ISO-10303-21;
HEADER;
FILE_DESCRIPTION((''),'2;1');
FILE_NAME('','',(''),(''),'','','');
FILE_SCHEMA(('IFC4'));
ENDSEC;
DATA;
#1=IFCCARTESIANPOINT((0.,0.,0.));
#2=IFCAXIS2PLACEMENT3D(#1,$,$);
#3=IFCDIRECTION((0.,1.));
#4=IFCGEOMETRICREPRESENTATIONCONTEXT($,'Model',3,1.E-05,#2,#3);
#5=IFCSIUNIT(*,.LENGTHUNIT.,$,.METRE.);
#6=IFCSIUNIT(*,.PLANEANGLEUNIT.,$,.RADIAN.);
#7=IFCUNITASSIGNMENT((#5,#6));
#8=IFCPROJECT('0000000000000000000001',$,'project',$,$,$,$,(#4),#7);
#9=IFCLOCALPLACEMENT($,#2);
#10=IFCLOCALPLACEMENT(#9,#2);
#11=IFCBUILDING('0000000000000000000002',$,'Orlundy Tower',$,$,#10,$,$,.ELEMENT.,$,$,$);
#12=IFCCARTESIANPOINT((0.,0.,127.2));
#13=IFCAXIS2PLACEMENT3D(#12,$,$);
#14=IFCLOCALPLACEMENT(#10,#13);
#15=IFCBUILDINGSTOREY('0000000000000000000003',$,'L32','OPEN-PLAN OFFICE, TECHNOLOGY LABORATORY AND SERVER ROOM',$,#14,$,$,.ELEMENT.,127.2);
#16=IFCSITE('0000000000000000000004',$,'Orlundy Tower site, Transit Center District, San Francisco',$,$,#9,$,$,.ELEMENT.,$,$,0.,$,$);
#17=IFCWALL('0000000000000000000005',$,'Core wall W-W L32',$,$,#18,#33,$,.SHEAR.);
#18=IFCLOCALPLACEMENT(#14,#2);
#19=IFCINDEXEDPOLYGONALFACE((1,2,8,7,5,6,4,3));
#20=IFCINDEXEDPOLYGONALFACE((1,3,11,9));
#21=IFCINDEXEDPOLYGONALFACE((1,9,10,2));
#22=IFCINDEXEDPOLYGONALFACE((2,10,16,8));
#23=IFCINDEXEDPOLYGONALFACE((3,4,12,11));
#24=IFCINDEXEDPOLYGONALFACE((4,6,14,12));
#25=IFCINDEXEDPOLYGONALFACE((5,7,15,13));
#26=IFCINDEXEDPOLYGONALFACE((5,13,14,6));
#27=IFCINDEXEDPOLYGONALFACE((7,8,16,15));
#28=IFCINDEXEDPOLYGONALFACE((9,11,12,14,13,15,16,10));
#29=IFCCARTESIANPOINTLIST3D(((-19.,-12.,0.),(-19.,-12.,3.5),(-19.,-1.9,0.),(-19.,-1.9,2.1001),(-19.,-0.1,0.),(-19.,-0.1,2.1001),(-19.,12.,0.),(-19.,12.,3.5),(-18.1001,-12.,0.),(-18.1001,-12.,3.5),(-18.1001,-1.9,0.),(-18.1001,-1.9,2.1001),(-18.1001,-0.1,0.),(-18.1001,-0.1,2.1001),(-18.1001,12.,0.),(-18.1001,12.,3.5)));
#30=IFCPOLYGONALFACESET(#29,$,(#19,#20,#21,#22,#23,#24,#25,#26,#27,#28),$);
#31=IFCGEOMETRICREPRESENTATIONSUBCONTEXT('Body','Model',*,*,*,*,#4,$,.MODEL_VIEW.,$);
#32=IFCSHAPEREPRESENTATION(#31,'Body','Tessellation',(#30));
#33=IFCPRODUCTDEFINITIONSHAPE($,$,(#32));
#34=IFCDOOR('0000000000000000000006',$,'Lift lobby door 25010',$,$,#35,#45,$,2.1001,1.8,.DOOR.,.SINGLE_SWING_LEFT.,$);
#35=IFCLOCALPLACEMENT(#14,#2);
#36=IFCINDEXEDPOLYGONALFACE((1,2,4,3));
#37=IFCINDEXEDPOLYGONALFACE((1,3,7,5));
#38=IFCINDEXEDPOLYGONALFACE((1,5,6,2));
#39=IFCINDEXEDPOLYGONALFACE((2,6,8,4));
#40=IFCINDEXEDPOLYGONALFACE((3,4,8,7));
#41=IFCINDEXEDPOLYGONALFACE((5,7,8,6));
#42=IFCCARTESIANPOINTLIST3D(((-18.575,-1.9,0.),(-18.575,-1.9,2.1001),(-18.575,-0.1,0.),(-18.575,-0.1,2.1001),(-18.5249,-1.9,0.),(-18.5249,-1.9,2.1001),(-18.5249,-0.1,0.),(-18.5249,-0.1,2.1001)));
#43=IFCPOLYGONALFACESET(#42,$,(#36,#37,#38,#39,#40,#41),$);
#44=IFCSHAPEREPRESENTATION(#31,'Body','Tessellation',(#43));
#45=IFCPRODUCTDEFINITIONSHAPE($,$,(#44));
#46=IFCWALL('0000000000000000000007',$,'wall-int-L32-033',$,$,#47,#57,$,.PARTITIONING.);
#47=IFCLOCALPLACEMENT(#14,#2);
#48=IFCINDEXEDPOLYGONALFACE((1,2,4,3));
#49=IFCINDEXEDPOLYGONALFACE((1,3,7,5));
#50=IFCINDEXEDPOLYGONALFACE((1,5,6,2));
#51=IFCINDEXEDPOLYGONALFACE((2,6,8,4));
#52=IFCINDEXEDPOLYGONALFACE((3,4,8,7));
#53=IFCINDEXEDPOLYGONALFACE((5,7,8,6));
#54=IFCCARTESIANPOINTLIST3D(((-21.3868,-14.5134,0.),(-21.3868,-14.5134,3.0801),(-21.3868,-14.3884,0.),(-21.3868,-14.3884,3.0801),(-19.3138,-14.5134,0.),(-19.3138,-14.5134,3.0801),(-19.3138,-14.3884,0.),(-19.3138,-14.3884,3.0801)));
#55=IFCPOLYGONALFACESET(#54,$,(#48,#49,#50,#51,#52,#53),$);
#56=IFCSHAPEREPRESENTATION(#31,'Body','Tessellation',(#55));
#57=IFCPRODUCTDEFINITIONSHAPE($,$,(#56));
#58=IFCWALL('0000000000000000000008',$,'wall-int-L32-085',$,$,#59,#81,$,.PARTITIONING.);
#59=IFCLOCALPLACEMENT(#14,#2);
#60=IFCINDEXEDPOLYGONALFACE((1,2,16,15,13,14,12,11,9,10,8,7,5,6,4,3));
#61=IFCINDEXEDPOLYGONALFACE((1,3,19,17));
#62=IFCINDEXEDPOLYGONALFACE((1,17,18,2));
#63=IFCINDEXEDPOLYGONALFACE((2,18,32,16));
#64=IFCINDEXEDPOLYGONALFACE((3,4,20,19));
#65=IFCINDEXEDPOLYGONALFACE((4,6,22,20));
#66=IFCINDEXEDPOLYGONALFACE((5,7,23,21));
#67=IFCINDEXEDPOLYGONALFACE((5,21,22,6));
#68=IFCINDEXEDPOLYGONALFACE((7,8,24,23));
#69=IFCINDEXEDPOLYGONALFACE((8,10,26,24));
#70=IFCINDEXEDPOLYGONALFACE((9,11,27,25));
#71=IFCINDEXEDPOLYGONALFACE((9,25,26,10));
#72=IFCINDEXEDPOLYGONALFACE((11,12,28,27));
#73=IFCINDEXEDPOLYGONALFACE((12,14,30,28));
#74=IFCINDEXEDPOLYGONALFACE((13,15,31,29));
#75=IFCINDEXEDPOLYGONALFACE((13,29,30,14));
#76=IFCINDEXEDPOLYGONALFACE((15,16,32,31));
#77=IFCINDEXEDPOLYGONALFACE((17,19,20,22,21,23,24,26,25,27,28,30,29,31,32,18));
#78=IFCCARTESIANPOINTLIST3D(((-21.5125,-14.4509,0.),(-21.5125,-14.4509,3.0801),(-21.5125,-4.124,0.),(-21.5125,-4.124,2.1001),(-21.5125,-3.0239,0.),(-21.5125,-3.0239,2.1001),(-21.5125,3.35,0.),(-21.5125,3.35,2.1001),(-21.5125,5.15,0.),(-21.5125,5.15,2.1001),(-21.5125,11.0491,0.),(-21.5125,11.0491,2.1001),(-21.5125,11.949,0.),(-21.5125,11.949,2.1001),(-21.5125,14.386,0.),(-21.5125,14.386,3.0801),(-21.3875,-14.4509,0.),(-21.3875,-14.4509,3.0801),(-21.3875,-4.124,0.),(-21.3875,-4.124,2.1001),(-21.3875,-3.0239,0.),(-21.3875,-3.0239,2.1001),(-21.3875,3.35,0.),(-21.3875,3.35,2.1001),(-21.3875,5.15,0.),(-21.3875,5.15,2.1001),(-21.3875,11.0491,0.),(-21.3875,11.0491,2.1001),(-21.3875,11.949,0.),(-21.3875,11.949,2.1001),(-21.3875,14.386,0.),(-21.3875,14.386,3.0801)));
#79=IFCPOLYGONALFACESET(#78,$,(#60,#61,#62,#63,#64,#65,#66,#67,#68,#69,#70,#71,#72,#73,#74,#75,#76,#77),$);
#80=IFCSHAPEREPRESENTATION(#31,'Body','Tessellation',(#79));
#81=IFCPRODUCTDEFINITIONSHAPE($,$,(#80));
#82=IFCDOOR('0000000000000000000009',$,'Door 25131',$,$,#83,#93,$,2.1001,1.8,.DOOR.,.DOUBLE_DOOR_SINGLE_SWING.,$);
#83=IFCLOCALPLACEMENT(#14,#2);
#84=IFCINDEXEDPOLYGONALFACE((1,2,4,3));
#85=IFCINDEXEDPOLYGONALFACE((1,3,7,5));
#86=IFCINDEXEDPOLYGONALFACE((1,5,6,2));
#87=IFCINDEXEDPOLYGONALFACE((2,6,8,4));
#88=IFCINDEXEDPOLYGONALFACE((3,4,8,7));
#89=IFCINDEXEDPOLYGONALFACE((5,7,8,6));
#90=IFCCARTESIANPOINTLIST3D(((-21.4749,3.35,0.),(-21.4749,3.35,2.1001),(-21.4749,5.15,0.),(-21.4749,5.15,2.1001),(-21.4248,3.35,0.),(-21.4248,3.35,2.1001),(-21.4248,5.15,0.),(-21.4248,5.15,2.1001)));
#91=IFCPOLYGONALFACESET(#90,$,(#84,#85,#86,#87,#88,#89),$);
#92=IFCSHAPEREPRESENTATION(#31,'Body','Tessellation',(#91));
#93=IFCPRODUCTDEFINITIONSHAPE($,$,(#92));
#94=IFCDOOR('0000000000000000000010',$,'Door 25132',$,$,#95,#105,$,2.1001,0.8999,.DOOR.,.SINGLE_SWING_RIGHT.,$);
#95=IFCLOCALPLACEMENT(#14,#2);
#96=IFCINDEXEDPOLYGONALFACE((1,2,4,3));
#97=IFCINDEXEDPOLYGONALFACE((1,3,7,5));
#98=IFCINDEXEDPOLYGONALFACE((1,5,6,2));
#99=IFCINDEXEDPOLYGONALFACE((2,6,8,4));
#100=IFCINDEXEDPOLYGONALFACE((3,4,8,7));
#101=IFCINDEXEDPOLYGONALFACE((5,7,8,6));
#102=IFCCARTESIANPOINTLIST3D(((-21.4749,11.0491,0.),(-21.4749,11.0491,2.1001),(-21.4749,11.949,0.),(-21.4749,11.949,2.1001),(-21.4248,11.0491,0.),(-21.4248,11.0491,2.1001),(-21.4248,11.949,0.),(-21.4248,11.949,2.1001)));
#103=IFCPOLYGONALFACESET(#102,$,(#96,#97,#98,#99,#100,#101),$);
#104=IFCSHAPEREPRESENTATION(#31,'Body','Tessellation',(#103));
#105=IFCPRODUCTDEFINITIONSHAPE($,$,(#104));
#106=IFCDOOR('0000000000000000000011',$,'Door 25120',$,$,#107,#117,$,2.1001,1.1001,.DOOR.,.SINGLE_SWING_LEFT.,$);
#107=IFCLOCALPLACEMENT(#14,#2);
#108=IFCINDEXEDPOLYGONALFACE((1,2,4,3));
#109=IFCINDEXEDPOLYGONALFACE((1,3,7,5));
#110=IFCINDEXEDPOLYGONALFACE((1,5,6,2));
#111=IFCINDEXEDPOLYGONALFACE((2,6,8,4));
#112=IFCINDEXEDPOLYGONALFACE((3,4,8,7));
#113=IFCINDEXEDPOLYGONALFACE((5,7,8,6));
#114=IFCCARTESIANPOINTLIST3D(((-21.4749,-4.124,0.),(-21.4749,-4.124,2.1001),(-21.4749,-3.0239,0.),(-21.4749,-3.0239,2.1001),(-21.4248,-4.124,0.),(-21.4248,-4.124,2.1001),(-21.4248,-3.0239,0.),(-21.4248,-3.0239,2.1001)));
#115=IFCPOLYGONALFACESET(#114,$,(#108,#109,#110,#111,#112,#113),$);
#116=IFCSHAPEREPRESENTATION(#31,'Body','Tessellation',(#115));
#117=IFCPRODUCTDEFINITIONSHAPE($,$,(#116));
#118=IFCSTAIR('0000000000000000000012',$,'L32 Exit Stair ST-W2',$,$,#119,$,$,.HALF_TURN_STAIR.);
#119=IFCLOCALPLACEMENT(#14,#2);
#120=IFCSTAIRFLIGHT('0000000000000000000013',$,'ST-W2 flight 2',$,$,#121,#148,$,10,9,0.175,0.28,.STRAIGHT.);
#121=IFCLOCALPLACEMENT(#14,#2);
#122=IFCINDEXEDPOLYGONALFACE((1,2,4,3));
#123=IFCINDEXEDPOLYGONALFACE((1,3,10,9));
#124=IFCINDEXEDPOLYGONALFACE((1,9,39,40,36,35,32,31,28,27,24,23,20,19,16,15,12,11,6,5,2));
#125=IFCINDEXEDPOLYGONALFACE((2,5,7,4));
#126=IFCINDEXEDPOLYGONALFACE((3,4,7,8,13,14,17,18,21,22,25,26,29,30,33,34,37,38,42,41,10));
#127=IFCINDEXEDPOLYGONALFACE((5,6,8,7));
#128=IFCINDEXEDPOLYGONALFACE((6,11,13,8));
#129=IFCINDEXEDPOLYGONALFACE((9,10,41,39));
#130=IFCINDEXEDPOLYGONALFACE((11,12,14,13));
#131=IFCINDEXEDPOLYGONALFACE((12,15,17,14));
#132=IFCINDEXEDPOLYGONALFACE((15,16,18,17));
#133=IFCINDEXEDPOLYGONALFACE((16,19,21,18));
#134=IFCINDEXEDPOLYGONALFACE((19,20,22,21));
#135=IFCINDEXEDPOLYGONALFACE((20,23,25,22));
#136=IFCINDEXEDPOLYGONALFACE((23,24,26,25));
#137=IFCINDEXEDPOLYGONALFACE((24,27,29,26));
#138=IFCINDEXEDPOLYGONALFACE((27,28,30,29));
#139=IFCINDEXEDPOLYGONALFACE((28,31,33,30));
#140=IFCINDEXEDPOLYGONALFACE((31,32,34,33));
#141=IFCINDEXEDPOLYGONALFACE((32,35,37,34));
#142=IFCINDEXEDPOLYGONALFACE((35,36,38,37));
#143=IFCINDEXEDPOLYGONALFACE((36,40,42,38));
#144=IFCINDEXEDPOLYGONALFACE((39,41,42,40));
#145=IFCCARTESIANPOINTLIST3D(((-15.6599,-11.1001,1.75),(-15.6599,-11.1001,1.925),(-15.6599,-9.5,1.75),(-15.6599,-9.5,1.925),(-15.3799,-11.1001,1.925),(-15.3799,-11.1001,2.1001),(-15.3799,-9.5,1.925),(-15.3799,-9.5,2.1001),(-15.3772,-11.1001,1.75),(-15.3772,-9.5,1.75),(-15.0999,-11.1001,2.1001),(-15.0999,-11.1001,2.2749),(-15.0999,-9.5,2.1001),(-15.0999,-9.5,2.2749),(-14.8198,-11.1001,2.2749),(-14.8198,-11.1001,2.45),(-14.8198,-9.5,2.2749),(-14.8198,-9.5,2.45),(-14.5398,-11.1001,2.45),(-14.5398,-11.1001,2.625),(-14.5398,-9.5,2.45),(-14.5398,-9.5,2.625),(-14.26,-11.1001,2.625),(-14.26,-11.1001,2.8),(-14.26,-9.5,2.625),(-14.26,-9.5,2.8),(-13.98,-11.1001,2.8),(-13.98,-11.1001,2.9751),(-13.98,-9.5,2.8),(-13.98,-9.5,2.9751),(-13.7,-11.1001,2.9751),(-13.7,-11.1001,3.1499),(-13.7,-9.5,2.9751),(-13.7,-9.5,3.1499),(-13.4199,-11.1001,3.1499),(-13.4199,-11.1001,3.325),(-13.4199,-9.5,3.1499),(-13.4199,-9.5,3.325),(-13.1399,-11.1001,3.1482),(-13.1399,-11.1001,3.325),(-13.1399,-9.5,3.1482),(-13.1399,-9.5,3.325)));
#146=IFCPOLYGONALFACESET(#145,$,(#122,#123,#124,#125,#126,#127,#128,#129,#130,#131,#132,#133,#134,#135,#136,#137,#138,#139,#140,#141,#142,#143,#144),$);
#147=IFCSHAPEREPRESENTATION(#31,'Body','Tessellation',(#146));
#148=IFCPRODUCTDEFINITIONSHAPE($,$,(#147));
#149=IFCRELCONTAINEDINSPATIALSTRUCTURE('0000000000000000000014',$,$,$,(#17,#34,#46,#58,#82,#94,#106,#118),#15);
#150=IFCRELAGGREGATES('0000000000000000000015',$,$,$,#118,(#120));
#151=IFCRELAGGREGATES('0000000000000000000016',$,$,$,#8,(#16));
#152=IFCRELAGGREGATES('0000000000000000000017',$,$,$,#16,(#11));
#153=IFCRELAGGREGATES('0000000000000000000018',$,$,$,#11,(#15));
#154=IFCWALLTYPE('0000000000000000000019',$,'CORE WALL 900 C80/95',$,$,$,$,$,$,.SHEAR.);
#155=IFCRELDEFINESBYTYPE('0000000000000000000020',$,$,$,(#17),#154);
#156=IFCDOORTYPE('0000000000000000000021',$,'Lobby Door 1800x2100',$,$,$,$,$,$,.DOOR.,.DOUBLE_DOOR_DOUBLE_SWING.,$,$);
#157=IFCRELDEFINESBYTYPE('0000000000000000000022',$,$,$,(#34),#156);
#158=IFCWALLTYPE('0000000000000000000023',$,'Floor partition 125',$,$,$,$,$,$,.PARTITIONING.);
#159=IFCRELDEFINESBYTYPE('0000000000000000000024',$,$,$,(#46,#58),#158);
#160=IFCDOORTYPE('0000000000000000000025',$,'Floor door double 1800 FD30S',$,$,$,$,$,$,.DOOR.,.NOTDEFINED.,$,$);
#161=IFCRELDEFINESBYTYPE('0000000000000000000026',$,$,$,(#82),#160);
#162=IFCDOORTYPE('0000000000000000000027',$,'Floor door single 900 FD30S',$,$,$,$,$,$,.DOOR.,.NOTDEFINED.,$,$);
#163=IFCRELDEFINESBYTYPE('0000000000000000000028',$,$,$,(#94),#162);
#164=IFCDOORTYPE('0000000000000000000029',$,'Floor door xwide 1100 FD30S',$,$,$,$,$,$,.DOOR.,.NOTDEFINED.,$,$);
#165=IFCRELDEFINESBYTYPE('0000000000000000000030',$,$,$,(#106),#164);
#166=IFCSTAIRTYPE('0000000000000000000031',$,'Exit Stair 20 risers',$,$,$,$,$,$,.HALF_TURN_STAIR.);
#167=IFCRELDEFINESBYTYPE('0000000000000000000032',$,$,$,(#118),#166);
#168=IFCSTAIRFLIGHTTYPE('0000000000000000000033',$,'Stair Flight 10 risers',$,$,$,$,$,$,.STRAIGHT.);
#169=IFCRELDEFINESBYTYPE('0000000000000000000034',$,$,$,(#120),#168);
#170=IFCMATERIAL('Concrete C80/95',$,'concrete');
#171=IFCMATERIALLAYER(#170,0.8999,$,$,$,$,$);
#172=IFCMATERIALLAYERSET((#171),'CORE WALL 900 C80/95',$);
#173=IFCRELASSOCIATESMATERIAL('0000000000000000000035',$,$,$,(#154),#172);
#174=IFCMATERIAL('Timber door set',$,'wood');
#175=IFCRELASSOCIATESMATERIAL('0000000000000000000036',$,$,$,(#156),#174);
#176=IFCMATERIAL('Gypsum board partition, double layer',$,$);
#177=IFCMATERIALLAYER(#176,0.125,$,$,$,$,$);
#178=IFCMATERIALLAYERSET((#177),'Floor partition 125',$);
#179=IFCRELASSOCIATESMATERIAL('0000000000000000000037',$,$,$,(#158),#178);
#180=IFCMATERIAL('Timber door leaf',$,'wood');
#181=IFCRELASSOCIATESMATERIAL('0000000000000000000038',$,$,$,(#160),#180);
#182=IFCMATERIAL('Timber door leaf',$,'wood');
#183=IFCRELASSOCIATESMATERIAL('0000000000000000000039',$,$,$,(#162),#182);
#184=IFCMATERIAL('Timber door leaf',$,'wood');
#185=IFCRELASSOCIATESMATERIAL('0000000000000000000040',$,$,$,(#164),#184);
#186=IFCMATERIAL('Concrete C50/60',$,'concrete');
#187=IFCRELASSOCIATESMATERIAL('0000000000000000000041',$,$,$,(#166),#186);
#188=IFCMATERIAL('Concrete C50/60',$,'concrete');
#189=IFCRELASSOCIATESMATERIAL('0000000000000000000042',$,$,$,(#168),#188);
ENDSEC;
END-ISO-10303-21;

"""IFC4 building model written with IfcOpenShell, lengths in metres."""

from ifc_helpers import new_model, si_unit, direction, frame, frame_2d, origin, place, context, subcontext, project, spatial, polyline, rectangle, outline, extrude, material, layer, layer_set, type_object, element, fill, aggregate, save


model = new_model("IFC4")

# Units and contexts
model_context = context("Model", 3, precision=1e-05, world=origin(), true_north=direction((0.0, 1.0)))
body_context = subcontext(model_context, "Body", "Model", "MODEL_VIEW")
ifc_project = project(units=[si_unit("LENGTHUNIT", "METRE"), si_unit("PLANEANGLEUNIT", "RADIAN")], contexts=[model_context])

# Site, building, storey
site_placement = place(None, origin())
site = spatial("IfcSite", under=ifc_project, at=site_placement, Name="Orlundy Tower site, Transit Center District, San Francisco", CompositionType="ELEMENT", RefElevation=0.0)
building_placement = place(site_placement, origin())
building = spatial("IfcBuilding", under=site, at=building_placement, Name="Orlundy Tower", CompositionType="ELEMENT")
storey_placement = place(building_placement, frame((0.0, 0.0, 127.2)))
storey = spatial("IfcBuildingStorey", under=building, at=storey_placement, Name="L32", Description="OPEN-PLAN OFFICE, TECHNOLOGY LABORATORY AND SERVER ROOM", CompositionType="ELEMENT", Elevation=127.2)

# Shared definitions
ifc_material_1 = material(Name="Concrete C80/95", Category="concrete")
ifc_layer_1 = layer(ifc_material_1, 0.8999)
ifc_layer_set_1 = layer_set([ifc_layer_1], Name="CORE WALL 900 C80/95")
wall_type_1 = type_object("IfcWallType", Name="CORE WALL 900 C80/95", PredefinedType="SHEAR", material=ifc_layer_set_1)

# Wall, opening, door
wall_1_placement = place(storey_placement, frame((-18.55, -12.0, 0.0), z_axis=(0.0, 0.0, 1.0), x_axis=(0.0, 1.0, 0.0)))
wall_1 = element("IfcWall", 1, at=wall_1_placement, inside=storey, type_object=wall_type_1, Name="Core wall W-W L32", PredefinedType="SHEAR", context=body_context, shape_type="SweptSolid", body=[
    extrude(rectangle(XDim=24.0, YDim=0.8999, at=frame_2d((12.0, 0.0))), origin(), (0.0, 0.0, 1.0), 3.5),
])
opening_1_placement = place(wall_1_placement, frame((10.1001, 0.0, 0.0)))
opening_1 = element("IfcOpeningElement", 2, at=opening_1_placement, cuts=wall_1, PredefinedType="OPENING", context=body_context, shape_type="SweptSolid", body=[
    extrude(rectangle(XDim=1.8, YDim=2.1001, at=frame_2d((0.8999, 1.05))), frame((0.0, 0.46, 0.0), z_axis=(0.0, -1.0, 0.0), x_axis=(1.0, 0.0, 0.0)), (0.0, 0.0, 1.0), 0.9199),
])
ifc_material_2 = material(Name="Timber door set", Category="wood")
door_type_1 = type_object("IfcDoorType", Name="Lobby Door 1800x2100", OperationType="DOUBLE_DOOR_DOUBLE_SWING", PredefinedType="DOOR", material=ifc_material_2)
door_1_placement = place(opening_1_placement, origin())
door_1 = element("IfcDoor", 3, at=door_1_placement, inside=storey, type_object=door_type_1, Name="Lift lobby door 25010", OperationType="SINGLE_SWING_LEFT", OverallHeight=2.1001, OverallWidth=1.8, PredefinedType="DOOR", context=body_context, shape_type="SweptSolid", body=[
    extrude(rectangle(XDim=1.8, YDim=2.1001, at=frame_2d((0.8999, 1.05))), frame((0.0, 0.0249, 0.0), z_axis=(0.0, -1.0, 0.0), x_axis=(1.0, 0.0, 0.0)), (0.0, 0.0, 1.0), 0.05),
])
fill(opening_1, door_1)

# Wall
ifc_material_3 = material(Name="Gypsum board partition, double layer")
ifc_layer_2 = layer(ifc_material_3, 0.125)
ifc_layer_set_2 = layer_set([ifc_layer_2], Name="Floor partition 125")
wall_type_2 = type_object("IfcWallType", Name="Floor partition 125", PredefinedType="PARTITIONING", material=ifc_layer_set_2)
wall_2_placement = place(storey_placement, frame((-21.387, -14.4509, 0.0), z_axis=(0.0, 0.0, 1.0), x_axis=(1.0, 0.0, 0.0)))
element("IfcWall", 4, at=wall_2_placement, inside=storey, type_object=wall_type_2, Name="wall-int-L32-033", PredefinedType="PARTITIONING", context=body_context, shape_type="SweptSolid", body=[
    extrude(rectangle(XDim=2.073, YDim=0.125, at=frame_2d((1.0366, 0.0))), origin(), (0.0, 0.0, 1.0), 3.0801),
])

# Wall, openings, doors
wall_3_placement = place(storey_placement, frame((-21.45, -14.4509, 0.0), z_axis=(0.0, 0.0, 1.0), x_axis=(0.0, 1.0, 0.0)))
wall_3 = element("IfcWall", 5, at=wall_3_placement, inside=storey, type_object=wall_type_2, Name="wall-int-L32-085", PredefinedType="PARTITIONING", context=body_context, shape_type="SweptSolid", body=[
    extrude(rectangle(XDim=28.8369, YDim=0.125, at=frame_2d((14.4185, 0.0))), origin(), (0.0, 0.0, 1.0), 3.0801),
])
opening_2_placement = place(wall_3_placement, frame((10.3269, 0.0, 0.0)))
opening_2 = element("IfcOpeningElement", 6, at=opening_2_placement, cuts=wall_3, PredefinedType="OPENING", context=body_context, shape_type="SweptSolid", body=[
    extrude(rectangle(XDim=1.1001, YDim=2.1001, at=frame_2d((0.55, 1.05))), frame((0.0, 0.0725, 0.0), z_axis=(0.0, -1.0, 0.0), x_axis=(1.0, 0.0, 0.0)), (0.0, 0.0, 1.0), 0.145),
])
opening_3_placement = place(wall_3_placement, frame((17.801, 0.0, 0.0)))
opening_3 = element("IfcOpeningElement", 7, at=opening_3_placement, cuts=wall_3, PredefinedType="OPENING", context=body_context, shape_type="SweptSolid", body=[
    extrude(rectangle(XDim=1.8, YDim=2.1001, at=frame_2d((0.8999, 1.05))), frame((0.0, 0.0725, 0.0), z_axis=(0.0, -1.0, 0.0), x_axis=(1.0, 0.0, 0.0)), (0.0, 0.0, 1.0), 0.145),
])
opening_4_placement = place(wall_3_placement, frame((25.5, 0.0, 0.0)))
opening_4 = element("IfcOpeningElement", 8, at=opening_4_placement, cuts=wall_3, PredefinedType="OPENING", context=body_context, shape_type="SweptSolid", body=[
    extrude(rectangle(XDim=0.8999, YDim=2.1001, at=frame_2d((0.45, 1.05))), frame((0.0, 0.0725, 0.0), z_axis=(0.0, -1.0, 0.0), x_axis=(1.0, 0.0, 0.0)), (0.0, 0.0, 1.0), 0.145),
])
ifc_material_4 = material(Name="Timber door leaf", Category="wood")
door_type_2 = type_object("IfcDoorType", Name="Floor door double 1800 FD30S", OperationType="NOTDEFINED", PredefinedType="DOOR", material=ifc_material_4)
door_2_placement = place(opening_3_placement, origin())
door_2 = element("IfcDoor", 9, at=door_2_placement, inside=storey, type_object=door_type_2, Name="Door 25131", OperationType="DOUBLE_DOOR_SINGLE_SWING", OverallHeight=2.1001, OverallWidth=1.8, PredefinedType="DOOR", context=body_context, shape_type="SweptSolid", body=[
    extrude(rectangle(XDim=1.8, YDim=2.1001, at=frame_2d((0.8999, 1.05))), frame((0.0, 0.0249, 0.0), z_axis=(0.0, -1.0, 0.0), x_axis=(1.0, 0.0, 0.0)), (0.0, 0.0, 1.0), 0.05),
])
fill(opening_3, door_2)
ifc_material_5 = material(Name="Timber door leaf", Category="wood")
door_type_3 = type_object("IfcDoorType", Name="Floor door single 900 FD30S", OperationType="NOTDEFINED", PredefinedType="DOOR", material=ifc_material_5)
door_3_placement = place(opening_4_placement, origin())
door_3 = element("IfcDoor", 10, at=door_3_placement, inside=storey, type_object=door_type_3, Name="Door 25132", OperationType="SINGLE_SWING_RIGHT", OverallHeight=2.1001, OverallWidth=0.8999, PredefinedType="DOOR", context=body_context, shape_type="SweptSolid", body=[
    extrude(rectangle(XDim=0.8999, YDim=2.1001, at=frame_2d((0.45, 1.05))), frame((0.0, 0.0249, 0.0), z_axis=(0.0, -1.0, 0.0), x_axis=(1.0, 0.0, 0.0)), (0.0, 0.0, 1.0), 0.05),
])
fill(opening_4, door_3)
ifc_material_6 = material(Name="Timber door leaf", Category="wood")
door_type_4 = type_object("IfcDoorType", Name="Floor door xwide 1100 FD30S", OperationType="NOTDEFINED", PredefinedType="DOOR", material=ifc_material_6)
door_4_placement = place(opening_2_placement, origin())
door_4 = element("IfcDoor", 11, at=door_4_placement, inside=storey, type_object=door_type_4, Name="Door 25120", OperationType="SINGLE_SWING_LEFT", OverallHeight=2.1001, OverallWidth=1.1001, PredefinedType="DOOR", context=body_context, shape_type="SweptSolid", body=[
    extrude(rectangle(XDim=1.1001, YDim=2.1001, at=frame_2d((0.55, 1.05))), frame((0.0, 0.0249, 0.0), z_axis=(0.0, -1.0, 0.0), x_axis=(1.0, 0.0, 0.0)), (0.0, 0.0, 1.0), 0.05),
])
fill(opening_2, door_4)

# Stair, stair flight
ifc_material_7 = material(Name="Concrete C50/60", Category="concrete")
stair_type = type_object("IfcStairType", Name="Exit Stair 20 risers", PredefinedType="HALF_TURN_STAIR", material=ifc_material_7)
stair_placement = place(storey_placement, origin())
stair = element("IfcStair", 12, at=stair_placement, inside=storey, type_object=stair_type, Name="L32 Exit Stair ST-W2", PredefinedType="HALF_TURN_STAIR")
ifc_material_8 = material(Name="Concrete C50/60", Category="concrete")
stair_flight_type = type_object("IfcStairFlightType", Name="Stair Flight 10 risers", PredefinedType="STRAIGHT", material=ifc_material_8)
stair_flight_placement = place(storey_placement, frame((-15.6599, -10.3, 1.75), z_axis=(0.0, 0.0, 1.0), x_axis=(1.0, 0.0, 0.0)))
stair_flight = element("IfcStairFlight", 13, at=stair_flight_placement, type_object=stair_flight_type, Name="ST-W2 flight 2", NumberOfRisers=10, NumberOfTreads=9, PredefinedType="STRAIGHT", RiserHeight=0.175, TreadLength=0.28, context=body_context, shape_type="SweptSolid", body=[
    extrude(outline(polyline([(0.0, 0.0), (0.0, 0.175), (0.28, 0.175), (0.28, 0.3501), (0.5601, 0.3501), (0.5601, 0.5249), (0.8401, 0.5249), (0.8401, 0.7), (1.1201, 0.7), (1.1201, 0.875), (1.3999, 0.875), (1.3999, 1.05), (1.6799, 1.05), (1.6799, 1.2251), (1.96, 1.2251), (1.96, 1.3999), (2.24, 1.3999), (2.24, 1.575), (2.52, 1.575), (2.52, 1.75), (2.52, 1.3982), (0.2827, 0.0), (0.0, 0.0)])), frame((0.0, 0.8, 0.0), z_axis=(0.0, -1.0, 0.0), x_axis=(1.0, 0.0, 0.0)), (0.0, 0.0, 1.0), 1.6001),
])
aggregate(stair, [stair_flight])

save(model, "model.ifc")
